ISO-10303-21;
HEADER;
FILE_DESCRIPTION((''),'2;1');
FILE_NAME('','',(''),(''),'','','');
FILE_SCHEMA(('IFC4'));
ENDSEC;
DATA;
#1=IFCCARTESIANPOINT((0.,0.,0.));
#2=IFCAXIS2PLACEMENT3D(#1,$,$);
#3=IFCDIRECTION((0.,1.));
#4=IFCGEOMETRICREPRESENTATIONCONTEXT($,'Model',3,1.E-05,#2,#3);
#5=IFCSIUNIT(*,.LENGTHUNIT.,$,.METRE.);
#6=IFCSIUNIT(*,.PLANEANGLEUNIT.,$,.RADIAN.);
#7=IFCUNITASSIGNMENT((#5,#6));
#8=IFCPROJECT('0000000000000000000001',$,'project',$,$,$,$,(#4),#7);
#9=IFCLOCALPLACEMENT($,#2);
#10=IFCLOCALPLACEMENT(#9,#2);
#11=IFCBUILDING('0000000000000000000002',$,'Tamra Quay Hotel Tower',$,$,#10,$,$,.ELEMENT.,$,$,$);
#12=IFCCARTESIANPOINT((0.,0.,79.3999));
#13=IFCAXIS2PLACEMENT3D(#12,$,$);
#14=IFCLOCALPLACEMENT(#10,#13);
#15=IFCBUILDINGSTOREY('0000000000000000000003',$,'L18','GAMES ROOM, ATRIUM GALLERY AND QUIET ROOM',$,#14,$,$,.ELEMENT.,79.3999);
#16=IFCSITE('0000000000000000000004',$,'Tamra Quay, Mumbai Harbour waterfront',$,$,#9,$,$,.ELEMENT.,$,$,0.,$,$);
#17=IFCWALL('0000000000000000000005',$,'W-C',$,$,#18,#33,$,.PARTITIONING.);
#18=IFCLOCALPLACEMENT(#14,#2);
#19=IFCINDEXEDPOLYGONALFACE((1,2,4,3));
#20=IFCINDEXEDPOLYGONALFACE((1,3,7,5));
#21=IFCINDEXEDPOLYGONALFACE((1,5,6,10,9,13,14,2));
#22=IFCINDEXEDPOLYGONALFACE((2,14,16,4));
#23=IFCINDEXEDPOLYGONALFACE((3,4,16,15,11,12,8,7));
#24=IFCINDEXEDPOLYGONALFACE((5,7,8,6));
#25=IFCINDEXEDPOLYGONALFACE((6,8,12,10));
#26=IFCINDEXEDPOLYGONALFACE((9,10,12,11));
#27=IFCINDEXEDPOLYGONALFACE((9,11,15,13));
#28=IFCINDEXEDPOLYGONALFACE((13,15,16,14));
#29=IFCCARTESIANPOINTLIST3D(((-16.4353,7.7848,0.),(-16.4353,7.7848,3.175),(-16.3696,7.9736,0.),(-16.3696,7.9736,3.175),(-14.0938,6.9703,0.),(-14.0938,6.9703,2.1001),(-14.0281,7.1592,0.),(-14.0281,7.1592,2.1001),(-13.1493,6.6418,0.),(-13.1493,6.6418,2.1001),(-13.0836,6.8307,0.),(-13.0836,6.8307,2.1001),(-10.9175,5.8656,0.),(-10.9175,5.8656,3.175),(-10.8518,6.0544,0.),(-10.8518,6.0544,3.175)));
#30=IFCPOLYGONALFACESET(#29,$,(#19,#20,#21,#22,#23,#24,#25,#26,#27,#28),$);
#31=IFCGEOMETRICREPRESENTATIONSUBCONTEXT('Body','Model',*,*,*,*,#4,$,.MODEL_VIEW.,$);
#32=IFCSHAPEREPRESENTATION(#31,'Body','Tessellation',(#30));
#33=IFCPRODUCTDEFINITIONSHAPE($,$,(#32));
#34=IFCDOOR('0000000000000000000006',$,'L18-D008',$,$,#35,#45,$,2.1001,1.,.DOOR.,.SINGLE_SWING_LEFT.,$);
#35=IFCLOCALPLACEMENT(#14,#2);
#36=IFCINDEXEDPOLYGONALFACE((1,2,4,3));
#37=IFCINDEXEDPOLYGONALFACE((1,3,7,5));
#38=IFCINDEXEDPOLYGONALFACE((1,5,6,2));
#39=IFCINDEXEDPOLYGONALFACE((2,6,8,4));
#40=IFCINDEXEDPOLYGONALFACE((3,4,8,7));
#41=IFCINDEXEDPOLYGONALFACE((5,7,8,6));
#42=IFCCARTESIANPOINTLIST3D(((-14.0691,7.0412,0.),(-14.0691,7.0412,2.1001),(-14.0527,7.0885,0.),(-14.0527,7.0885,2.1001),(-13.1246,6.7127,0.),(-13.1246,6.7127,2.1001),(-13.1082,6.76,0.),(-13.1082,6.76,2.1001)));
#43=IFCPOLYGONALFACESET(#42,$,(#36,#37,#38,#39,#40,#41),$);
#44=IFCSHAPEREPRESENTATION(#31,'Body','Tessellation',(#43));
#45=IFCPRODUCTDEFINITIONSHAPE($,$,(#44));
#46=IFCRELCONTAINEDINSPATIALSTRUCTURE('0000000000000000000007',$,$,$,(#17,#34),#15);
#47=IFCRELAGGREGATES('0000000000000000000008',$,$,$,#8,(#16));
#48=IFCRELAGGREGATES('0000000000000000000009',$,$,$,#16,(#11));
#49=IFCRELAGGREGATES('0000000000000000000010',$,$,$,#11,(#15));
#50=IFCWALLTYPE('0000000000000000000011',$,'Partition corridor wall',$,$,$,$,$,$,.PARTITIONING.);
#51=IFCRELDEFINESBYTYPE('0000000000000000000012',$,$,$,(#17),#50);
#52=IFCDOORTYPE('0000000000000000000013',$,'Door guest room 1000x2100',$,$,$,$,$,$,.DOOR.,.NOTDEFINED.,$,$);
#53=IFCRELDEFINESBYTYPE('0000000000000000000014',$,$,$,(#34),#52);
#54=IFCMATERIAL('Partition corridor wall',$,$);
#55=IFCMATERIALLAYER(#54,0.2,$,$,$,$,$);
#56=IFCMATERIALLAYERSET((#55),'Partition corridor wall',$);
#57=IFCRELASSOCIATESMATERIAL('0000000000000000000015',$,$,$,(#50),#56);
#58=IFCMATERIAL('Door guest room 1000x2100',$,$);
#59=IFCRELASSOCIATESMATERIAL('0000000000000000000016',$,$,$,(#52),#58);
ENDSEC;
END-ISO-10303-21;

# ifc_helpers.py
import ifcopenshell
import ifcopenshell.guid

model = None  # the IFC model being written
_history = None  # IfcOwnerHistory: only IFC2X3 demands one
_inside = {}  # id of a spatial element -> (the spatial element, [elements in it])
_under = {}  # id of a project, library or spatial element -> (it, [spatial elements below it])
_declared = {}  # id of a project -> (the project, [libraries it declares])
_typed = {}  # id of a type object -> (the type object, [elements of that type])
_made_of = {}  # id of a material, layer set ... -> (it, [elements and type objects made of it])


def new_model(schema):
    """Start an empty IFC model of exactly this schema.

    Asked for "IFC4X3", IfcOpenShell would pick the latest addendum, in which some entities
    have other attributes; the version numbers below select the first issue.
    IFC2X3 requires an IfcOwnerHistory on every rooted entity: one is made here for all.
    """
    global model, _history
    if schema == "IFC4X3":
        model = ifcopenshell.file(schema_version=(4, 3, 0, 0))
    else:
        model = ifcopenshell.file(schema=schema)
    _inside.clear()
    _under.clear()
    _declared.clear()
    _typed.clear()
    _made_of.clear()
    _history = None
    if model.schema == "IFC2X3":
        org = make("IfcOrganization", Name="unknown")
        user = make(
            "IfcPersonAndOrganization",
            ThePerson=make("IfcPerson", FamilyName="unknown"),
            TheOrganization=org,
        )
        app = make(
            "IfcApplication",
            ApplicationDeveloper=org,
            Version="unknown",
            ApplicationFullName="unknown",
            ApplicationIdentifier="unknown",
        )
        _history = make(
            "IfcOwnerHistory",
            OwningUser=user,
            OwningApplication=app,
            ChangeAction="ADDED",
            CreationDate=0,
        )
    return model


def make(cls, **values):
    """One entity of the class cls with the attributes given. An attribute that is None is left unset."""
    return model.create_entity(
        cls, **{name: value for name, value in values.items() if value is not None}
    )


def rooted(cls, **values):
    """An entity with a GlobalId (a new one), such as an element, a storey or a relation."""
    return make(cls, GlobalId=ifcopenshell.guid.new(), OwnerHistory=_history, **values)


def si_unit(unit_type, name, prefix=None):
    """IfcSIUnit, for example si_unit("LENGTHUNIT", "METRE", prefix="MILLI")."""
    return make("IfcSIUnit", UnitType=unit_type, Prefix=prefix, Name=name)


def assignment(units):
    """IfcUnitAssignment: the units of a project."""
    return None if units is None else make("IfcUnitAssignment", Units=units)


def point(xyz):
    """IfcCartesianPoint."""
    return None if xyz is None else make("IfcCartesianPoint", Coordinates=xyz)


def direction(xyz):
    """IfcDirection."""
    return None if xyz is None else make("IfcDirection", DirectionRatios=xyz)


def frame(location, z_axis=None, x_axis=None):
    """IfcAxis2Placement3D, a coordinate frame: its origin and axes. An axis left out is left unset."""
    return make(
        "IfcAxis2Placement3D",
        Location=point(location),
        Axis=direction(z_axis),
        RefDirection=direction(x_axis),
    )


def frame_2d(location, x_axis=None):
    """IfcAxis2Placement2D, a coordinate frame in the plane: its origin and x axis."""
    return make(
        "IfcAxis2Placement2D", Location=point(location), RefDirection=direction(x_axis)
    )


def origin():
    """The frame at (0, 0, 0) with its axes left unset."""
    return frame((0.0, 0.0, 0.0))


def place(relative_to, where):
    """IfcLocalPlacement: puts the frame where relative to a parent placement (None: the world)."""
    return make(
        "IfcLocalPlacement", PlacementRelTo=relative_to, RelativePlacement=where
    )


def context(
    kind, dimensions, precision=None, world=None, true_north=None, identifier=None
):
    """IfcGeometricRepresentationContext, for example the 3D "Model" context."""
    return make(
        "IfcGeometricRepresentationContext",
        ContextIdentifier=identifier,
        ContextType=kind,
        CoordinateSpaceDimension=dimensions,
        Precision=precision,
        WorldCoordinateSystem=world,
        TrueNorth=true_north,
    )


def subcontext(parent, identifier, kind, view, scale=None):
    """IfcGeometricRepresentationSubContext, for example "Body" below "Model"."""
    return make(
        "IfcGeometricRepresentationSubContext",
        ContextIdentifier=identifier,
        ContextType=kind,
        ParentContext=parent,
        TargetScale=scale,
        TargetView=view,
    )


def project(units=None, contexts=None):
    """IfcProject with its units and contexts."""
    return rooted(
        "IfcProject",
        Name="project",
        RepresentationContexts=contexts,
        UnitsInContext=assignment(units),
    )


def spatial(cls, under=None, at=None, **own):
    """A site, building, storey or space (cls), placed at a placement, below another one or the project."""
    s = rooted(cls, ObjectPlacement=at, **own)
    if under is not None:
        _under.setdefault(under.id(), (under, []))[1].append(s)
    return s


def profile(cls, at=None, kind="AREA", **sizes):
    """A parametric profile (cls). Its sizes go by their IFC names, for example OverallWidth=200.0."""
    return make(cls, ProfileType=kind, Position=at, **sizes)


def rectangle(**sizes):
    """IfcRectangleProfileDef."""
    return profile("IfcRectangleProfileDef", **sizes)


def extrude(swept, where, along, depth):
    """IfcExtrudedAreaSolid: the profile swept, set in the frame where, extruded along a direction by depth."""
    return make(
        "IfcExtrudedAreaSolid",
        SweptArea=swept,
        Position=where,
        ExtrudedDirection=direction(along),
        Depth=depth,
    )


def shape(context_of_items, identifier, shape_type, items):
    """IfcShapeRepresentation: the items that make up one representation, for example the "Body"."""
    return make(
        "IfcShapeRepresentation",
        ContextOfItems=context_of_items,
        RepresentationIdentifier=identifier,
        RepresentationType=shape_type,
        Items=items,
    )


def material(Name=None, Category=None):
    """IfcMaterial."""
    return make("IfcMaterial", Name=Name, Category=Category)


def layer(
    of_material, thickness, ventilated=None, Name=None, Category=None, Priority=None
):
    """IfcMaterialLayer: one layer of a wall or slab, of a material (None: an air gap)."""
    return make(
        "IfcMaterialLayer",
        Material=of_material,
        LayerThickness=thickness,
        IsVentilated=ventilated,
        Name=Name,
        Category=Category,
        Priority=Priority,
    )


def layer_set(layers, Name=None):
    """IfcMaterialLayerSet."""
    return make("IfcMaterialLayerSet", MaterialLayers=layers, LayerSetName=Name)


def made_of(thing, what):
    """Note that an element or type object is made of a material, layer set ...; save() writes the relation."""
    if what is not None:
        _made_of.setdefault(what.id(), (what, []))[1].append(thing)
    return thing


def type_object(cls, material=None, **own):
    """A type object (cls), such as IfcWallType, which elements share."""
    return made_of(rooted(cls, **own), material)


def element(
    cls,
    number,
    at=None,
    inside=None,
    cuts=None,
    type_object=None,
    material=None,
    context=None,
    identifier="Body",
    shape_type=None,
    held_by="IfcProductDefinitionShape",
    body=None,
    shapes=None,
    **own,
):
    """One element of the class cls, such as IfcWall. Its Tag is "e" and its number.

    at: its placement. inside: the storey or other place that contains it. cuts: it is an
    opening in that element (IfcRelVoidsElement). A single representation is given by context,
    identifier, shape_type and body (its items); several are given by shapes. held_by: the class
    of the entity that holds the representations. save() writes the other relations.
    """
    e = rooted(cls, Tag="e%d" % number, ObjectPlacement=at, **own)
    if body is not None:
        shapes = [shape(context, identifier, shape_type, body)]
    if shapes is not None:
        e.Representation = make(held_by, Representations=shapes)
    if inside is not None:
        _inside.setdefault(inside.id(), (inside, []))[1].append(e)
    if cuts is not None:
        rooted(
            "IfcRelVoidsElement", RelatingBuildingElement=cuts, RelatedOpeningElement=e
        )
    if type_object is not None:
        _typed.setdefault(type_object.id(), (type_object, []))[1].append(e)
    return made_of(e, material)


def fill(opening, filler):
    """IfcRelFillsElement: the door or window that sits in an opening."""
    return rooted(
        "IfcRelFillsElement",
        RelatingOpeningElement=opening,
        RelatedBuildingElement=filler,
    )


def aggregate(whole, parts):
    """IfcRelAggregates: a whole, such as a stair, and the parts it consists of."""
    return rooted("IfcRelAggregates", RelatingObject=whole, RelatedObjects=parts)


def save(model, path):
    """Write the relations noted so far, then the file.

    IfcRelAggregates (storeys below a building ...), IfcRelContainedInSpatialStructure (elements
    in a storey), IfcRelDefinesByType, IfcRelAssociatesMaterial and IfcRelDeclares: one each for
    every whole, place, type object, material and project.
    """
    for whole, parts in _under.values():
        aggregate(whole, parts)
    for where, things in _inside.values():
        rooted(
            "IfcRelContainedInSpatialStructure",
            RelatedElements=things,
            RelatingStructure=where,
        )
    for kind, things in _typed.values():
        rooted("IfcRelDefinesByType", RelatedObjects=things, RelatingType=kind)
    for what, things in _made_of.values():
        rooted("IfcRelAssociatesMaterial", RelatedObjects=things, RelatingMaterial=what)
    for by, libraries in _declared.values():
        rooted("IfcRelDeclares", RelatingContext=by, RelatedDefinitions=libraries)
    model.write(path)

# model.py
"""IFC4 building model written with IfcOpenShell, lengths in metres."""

from ifc_helpers import new_model, si_unit, direction, frame, frame_2d, origin, place, context, subcontext, project, spatial, rectangle, extrude, material, layer, layer_set, type_object, element, fill, save


model = new_model("IFC4")

# Units and contexts
model_context = context("Model", 3, precision=1e-05, world=origin(), true_north=direction((0.0, 1.0)))
body_context = subcontext(model_context, "Body", "Model", "MODEL_VIEW")
ifc_project = project(units=[si_unit("LENGTHUNIT", "METRE"), si_unit("PLANEANGLEUNIT", "RADIAN")], contexts=[model_context])

# Site, building, storey
site_placement = place(None, origin())
site = spatial("IfcSite", under=ifc_project, at=site_placement, Name="Tamra Quay, Mumbai Harbour waterfront", CompositionType="ELEMENT", RefElevation=0.0)
building_placement = place(site_placement, origin())
building = spatial("IfcBuilding", under=site, at=building_placement, Name="Tamra Quay Hotel Tower", CompositionType="ELEMENT")
storey_placement = place(building_placement, frame((0.0, 0.0, 79.3999)))
storey = spatial("IfcBuildingStorey", under=building, at=storey_placement, Name="L18", Description="GAMES ROOM, ATRIUM GALLERY AND QUIET ROOM", CompositionType="ELEMENT", Elevation=79.3999)

# Shared definitions
ifc_material_1 = material(Name="Partition corridor wall")
ifc_layer_1 = layer(ifc_material_1, 0.2)
ifc_layer_set_1 = layer_set([ifc_layer_1], Name="Partition corridor wall")
wall_type_1 = type_object("IfcWallType", Name="Partition corridor wall", PredefinedType="PARTITIONING", material=ifc_layer_set_1)
ifc_material_2 = material(Name="Door guest room 1000x2100")
door_type_1 = type_object("IfcDoorType", Name="Door guest room 1000x2100", OperationType="NOTDEFINED", PredefinedType="DOOR", material=ifc_material_2)

# Wall, opening, door
wall_1_placement = place(storey_placement, frame((-16.4023, 7.8792, 0.0), z_axis=(0.0, 0.0, 1.0), x_axis=(0.9445, -0.328513, 0.0)))
wall_1 = element("IfcWall", 1, at=wall_1_placement, inside=storey, type_object=wall_type_1, Name="W-C", PredefinedType="PARTITIONING", context=body_context, shape_type="SweptSolid", body=[
    extrude(rectangle(XDim=5.842, YDim=0.2, at=frame_2d((2.9209, 0.0))), origin(), (0.0, 0.0, 1.0), 3.175),
])
opening_1_placement = place(wall_1_placement, frame((2.479, 0.0, 0.0)))
opening_1 = element("IfcOpeningElement", 2, at=opening_1_placement, cuts=wall_1, PredefinedType="OPENING", context=body_context, shape_type="SweptSolid", body=[
    extrude(rectangle(XDim=1.0, YDim=2.1001, at=frame_2d((0.5, 1.05))), frame((0.0, 0.1099, 0.0), z_axis=(0.0, -1.0, 0.0), x_axis=(1.0, 0.0, 0.0)), (0.0, 0.0, 1.0), 0.22),
])
door_1_placement = place(opening_1_placement, frame((1.0, 0.0, 0.0), z_axis=(0.0, 0.0, 1.0), x_axis=(-1.0, 0.0, 0.0)))
door_1 = element("IfcDoor", 3, at=door_1_placement, inside=storey, type_object=door_type_1, Name="L18-D008", OperationType="SINGLE_SWING_LEFT", OverallHeight=2.1001, OverallWidth=1.0, PredefinedType="DOOR", context=body_context, shape_type="SweptSolid", body=[
    extrude(rectangle(XDim=1.0, YDim=2.1001, at=frame_2d((0.5, 1.05))), frame((0.0, 0.0249, 0.0), z_axis=(0.0, -1.0, 0.0), x_axis=(1.0, 0.0, 0.0)), (0.0, 0.0, 1.0), 0.05),
])
fill(opening_1, door_1)

save(model, "model.ifc")
